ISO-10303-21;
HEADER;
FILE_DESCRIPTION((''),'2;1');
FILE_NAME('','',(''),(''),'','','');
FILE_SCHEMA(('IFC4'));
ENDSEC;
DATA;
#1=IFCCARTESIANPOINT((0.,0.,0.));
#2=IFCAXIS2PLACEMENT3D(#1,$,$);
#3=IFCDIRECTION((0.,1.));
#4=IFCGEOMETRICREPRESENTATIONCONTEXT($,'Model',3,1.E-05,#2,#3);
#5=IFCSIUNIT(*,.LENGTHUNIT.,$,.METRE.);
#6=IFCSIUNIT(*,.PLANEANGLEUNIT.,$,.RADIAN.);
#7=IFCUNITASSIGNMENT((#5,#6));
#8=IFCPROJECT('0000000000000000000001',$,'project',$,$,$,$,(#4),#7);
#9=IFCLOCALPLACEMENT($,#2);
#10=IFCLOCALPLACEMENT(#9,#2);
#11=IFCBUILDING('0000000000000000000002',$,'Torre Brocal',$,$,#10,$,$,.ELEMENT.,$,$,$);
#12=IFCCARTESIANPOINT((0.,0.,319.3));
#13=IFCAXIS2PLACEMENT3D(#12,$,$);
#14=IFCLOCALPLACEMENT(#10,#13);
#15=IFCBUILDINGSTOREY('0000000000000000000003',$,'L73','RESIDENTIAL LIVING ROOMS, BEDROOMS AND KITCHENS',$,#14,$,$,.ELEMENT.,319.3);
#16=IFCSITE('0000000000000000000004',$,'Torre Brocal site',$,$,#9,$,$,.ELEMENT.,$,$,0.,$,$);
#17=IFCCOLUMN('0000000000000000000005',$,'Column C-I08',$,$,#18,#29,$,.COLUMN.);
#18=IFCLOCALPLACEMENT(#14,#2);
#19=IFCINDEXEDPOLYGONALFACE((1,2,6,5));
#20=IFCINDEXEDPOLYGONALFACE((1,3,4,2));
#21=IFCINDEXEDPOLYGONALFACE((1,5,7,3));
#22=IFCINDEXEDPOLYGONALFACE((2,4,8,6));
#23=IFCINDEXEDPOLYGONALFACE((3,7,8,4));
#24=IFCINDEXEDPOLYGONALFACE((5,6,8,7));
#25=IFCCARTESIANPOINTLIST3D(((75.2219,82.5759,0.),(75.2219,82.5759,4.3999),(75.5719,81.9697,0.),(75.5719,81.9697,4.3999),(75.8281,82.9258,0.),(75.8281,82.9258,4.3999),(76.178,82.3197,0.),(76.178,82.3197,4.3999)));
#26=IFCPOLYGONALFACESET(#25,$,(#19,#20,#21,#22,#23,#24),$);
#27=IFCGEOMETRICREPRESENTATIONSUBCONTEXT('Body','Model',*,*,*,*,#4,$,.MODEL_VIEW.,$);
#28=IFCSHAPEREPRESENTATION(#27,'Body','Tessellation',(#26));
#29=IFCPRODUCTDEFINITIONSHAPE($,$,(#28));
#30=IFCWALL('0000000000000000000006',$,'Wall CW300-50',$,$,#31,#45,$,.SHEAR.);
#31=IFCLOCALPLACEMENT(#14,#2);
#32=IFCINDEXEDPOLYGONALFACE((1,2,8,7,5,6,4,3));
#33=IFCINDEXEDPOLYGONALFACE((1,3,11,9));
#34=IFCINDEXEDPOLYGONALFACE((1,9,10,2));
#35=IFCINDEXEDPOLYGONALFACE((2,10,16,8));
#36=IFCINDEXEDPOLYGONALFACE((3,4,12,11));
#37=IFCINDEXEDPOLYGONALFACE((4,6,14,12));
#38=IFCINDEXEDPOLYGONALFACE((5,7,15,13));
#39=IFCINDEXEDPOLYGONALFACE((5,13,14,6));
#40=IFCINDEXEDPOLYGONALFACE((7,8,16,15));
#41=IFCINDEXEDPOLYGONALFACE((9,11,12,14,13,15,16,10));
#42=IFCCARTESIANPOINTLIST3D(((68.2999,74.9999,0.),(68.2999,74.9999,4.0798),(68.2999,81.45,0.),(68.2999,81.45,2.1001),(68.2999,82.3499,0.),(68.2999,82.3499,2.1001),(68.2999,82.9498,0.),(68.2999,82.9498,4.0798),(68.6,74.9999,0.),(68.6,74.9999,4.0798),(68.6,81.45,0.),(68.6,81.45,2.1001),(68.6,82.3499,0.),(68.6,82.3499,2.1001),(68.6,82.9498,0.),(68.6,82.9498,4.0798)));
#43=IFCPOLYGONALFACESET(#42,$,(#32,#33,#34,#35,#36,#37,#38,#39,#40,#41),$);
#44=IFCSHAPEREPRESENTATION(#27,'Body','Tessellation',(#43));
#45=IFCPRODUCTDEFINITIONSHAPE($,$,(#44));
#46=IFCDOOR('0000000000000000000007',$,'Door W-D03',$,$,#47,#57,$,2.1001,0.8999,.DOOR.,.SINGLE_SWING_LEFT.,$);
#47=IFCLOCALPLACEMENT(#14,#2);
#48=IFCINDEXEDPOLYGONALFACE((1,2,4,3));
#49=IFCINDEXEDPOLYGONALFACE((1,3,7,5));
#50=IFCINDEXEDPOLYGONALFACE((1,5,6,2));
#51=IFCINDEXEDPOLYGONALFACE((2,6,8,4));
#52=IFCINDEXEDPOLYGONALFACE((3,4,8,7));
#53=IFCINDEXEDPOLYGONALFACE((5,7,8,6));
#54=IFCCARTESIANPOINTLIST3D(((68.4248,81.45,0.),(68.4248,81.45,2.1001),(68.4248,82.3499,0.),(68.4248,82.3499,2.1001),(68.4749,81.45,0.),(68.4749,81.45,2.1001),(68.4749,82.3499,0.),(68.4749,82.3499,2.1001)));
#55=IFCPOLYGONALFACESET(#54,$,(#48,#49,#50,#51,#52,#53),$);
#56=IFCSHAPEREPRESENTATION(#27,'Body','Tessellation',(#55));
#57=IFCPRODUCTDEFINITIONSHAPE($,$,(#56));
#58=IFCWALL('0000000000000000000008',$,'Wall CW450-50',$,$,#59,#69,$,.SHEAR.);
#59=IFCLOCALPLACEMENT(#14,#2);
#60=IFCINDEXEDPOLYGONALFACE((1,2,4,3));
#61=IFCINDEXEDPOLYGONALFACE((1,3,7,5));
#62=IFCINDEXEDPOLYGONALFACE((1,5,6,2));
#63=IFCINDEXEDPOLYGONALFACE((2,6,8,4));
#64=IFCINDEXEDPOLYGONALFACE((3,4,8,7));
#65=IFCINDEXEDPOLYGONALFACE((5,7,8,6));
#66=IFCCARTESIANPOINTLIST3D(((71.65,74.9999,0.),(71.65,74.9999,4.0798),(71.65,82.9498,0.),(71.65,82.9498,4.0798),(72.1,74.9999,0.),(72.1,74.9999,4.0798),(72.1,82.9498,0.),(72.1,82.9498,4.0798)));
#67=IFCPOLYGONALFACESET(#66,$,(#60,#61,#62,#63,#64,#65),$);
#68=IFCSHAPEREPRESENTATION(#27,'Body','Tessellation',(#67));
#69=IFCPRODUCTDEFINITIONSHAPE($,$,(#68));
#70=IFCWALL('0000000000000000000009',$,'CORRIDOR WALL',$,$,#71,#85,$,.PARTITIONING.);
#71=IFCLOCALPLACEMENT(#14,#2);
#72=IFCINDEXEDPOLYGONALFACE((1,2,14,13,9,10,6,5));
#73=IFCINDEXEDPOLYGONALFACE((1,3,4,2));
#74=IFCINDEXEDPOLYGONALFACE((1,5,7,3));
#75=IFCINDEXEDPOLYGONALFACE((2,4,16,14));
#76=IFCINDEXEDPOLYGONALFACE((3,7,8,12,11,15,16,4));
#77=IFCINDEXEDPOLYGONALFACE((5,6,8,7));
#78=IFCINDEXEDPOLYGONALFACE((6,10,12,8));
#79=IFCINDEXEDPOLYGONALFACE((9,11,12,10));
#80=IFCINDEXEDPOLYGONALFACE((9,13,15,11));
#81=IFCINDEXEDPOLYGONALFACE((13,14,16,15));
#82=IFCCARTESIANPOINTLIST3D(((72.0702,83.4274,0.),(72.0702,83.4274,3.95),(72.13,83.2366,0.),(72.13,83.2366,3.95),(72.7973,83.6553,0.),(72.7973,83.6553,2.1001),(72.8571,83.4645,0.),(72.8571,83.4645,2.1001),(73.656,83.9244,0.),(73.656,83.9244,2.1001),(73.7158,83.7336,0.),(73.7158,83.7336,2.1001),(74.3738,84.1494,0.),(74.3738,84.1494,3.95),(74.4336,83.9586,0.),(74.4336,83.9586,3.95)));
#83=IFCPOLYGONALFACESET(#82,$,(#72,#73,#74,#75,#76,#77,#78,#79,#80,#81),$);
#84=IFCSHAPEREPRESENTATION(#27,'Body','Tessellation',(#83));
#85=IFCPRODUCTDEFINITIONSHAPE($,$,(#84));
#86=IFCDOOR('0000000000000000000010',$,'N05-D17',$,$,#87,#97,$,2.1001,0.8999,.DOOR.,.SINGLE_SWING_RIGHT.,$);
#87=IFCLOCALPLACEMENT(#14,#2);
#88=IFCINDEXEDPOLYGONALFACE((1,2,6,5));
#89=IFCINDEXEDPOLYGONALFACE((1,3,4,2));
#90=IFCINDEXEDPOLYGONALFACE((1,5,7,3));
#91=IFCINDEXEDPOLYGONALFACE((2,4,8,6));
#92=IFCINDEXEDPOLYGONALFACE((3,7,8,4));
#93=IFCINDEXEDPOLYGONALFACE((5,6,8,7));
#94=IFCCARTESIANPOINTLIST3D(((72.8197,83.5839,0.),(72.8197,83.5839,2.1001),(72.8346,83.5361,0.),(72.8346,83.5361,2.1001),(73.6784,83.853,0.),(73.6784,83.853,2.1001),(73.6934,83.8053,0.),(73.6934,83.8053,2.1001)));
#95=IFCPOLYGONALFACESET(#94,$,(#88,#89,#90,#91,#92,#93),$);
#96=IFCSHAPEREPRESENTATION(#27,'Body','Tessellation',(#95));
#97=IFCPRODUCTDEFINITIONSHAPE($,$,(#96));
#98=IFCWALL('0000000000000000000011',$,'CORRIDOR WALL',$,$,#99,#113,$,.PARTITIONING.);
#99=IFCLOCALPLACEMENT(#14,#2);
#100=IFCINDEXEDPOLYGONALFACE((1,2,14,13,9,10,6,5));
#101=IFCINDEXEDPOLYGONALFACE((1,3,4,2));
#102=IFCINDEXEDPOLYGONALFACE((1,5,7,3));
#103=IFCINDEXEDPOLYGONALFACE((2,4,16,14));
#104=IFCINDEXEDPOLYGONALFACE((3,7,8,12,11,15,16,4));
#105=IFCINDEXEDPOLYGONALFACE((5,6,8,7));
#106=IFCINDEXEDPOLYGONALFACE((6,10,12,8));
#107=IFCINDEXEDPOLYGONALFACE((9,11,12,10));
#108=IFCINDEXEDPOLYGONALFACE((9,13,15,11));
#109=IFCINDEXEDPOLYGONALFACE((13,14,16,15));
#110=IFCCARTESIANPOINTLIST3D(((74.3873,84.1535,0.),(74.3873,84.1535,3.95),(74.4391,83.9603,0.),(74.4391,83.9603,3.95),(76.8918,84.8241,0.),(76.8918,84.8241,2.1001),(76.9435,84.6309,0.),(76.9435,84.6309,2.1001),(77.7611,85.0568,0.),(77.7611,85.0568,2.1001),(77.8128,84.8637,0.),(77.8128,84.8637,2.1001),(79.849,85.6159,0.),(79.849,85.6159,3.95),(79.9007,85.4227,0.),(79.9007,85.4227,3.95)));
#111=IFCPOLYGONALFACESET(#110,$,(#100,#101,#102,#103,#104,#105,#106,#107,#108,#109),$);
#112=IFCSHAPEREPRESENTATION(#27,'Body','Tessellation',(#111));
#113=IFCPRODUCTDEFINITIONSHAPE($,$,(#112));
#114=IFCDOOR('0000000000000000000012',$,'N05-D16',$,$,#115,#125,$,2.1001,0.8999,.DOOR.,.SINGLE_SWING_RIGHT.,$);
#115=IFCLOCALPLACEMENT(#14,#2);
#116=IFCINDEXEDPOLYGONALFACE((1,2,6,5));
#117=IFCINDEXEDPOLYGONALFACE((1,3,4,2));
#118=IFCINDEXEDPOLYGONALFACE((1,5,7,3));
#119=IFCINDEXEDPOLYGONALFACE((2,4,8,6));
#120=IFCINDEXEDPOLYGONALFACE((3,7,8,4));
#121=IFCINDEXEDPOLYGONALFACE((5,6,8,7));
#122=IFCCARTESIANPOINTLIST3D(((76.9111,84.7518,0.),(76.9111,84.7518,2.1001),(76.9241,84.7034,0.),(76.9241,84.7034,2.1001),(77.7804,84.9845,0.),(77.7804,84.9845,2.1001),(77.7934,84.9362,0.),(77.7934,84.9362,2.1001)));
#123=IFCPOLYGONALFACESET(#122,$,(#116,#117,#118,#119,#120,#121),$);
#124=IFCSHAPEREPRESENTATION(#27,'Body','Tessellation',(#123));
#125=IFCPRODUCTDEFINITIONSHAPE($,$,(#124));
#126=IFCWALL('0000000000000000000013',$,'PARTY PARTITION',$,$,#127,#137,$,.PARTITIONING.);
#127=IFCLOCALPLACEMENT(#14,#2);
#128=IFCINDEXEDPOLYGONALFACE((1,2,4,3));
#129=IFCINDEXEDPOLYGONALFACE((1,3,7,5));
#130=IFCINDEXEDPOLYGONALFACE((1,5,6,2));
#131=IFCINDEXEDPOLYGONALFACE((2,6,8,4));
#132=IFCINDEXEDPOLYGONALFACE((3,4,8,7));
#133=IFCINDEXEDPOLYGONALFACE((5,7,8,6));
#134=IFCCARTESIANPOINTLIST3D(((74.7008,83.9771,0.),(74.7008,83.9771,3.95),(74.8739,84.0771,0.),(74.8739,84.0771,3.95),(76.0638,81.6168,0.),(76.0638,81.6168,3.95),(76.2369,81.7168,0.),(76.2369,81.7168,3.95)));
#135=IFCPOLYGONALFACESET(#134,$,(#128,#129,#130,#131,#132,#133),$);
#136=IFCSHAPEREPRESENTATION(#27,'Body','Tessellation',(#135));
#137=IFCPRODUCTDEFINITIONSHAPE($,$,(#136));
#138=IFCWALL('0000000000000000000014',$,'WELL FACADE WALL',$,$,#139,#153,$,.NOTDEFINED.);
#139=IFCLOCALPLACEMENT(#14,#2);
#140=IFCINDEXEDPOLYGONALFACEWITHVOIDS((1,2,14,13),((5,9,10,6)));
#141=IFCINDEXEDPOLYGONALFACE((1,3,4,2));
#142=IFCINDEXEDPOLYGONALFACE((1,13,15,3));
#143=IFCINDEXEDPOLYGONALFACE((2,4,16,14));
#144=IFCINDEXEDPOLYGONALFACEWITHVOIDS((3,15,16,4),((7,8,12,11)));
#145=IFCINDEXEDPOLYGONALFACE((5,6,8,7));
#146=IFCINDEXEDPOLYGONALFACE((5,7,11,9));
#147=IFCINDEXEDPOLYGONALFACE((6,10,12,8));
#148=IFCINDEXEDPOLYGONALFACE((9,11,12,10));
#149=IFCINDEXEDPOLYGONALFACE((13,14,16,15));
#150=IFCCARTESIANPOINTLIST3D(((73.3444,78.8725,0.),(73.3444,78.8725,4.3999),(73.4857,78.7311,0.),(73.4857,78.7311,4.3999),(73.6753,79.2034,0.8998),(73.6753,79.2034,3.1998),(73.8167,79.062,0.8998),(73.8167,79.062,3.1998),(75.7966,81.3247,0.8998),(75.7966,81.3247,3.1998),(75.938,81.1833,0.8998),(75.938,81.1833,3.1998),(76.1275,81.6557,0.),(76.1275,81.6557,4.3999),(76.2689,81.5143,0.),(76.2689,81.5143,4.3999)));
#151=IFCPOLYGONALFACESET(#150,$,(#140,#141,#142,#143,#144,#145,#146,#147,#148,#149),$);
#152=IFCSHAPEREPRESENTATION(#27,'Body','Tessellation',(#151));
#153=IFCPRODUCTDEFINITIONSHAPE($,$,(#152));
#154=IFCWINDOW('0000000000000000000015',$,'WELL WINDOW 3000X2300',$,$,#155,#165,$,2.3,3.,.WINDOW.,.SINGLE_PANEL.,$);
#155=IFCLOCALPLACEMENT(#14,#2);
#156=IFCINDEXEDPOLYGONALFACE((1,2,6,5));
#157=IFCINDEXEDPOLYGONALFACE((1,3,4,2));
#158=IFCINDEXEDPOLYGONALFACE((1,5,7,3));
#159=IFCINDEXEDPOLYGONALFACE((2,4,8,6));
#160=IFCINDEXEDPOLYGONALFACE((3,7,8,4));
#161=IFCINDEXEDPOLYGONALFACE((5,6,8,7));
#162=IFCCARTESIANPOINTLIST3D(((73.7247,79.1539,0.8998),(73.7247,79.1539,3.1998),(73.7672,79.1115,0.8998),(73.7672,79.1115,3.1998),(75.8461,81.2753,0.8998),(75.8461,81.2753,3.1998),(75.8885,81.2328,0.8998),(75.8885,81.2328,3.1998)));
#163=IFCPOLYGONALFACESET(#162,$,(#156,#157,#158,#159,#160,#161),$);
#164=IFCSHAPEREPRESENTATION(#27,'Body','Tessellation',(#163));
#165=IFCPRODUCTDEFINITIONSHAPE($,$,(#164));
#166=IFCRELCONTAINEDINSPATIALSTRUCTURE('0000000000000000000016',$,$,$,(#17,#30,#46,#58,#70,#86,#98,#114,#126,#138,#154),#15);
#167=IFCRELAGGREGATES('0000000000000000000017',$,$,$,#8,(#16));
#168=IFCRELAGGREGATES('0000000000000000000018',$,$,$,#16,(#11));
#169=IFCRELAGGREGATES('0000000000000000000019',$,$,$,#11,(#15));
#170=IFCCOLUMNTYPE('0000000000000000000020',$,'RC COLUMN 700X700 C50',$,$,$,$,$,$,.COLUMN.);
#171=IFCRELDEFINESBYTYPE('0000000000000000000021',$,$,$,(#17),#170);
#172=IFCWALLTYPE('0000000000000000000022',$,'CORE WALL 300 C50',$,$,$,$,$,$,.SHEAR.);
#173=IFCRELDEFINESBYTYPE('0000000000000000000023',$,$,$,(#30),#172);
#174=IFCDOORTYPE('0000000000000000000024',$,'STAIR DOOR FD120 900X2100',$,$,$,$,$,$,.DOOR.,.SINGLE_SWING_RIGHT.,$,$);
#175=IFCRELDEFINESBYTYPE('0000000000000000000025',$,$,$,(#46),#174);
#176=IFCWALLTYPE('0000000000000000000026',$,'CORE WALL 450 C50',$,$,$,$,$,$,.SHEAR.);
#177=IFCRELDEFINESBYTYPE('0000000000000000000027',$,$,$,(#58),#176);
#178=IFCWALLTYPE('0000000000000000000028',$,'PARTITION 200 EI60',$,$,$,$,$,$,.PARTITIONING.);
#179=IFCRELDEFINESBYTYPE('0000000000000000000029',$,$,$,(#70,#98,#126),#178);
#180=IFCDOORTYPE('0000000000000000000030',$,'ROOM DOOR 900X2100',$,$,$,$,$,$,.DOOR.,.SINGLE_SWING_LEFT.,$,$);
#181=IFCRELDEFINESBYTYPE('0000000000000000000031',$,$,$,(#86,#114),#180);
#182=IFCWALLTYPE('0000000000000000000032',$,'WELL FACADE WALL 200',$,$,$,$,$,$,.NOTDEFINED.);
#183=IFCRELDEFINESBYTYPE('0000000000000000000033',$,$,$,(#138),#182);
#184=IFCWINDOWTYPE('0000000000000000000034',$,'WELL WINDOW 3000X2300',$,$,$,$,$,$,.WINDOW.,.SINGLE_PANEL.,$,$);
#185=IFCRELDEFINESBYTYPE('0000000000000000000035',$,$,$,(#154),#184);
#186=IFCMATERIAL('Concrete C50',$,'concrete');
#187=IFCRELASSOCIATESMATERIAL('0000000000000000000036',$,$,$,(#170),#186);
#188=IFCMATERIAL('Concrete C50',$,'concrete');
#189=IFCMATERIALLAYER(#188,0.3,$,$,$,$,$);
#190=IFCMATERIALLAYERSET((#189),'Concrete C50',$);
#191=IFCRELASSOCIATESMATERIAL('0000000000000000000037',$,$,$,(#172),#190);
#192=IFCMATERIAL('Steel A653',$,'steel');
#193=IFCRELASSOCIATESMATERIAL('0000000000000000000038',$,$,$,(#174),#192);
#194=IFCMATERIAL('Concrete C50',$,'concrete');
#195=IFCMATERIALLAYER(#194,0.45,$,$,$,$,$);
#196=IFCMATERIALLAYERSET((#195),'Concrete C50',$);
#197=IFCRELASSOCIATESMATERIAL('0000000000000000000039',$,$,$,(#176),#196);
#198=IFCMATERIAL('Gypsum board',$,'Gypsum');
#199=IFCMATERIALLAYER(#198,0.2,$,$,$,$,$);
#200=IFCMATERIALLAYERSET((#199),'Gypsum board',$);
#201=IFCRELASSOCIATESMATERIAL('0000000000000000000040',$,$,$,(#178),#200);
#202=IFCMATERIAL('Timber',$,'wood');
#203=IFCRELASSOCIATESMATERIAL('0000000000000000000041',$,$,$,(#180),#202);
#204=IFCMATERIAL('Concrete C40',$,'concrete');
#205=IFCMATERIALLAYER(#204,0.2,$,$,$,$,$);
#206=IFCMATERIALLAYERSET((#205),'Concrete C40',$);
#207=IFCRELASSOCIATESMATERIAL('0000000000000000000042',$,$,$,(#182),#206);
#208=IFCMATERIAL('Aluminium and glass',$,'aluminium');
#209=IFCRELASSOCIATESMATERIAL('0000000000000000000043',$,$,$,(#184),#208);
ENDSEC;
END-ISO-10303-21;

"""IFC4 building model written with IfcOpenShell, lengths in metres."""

from ifc_helpers import new_model, si_unit, direction, frame, frame_2d, origin, origin_2d, place, context, subcontext, project, spatial, rectangle, extrude, material, layer, layer_set, material_profile, profile_set, type_object, element, fill, save


model = new_model("IFC4")

# Units and contexts
model_context = context("Model", 3, precision=1e-05, world=origin(), true_north=direction((0.0, 1.0)))
body_context = subcontext(model_context, "Body", "Model", "MODEL_VIEW")
ifc_project = project(units=[si_unit("LENGTHUNIT", "METRE"), si_unit("PLANEANGLEUNIT", "RADIAN")], contexts=[model_context])

# Site, building, storey
site_placement = place(None, origin())
site = spatial("IfcSite", under=ifc_project, at=site_placement, Name="Torre Brocal site", CompositionType="ELEMENT", RefElevation=0.0)
building_placement = place(site_placement, origin())
building = spatial("IfcBuilding", under=site, at=building_placement, Name="Torre Brocal", CompositionType="ELEMENT")
storey_placement = place(building_placement, frame((0.0, 0.0, 319.3)))
storey = spatial("IfcBuildingStorey", under=building, at=storey_placement, Name="L73", Description="RESIDENTIAL LIVING ROOMS, BEDROOMS AND KITCHENS", CompositionType="ELEMENT", Elevation=319.3)

# Column
ifc_material_1 = material(Name="Concrete C50", Category="concrete")
ifc_material_profile = material_profile(ifc_material_1, rectangle(XDim=0.7, YDim=0.7, at=origin_2d()), Name="RC 700X700")
ifc_profile_set = profile_set([ifc_material_profile], Name="Concrete C50")
column_type = type_object("IfcColumnType", Name="RC COLUMN 700X700 C50", PredefinedType="COLUMN", material=ifc_profile_set)
column_placement = place(storey_placement, frame((75.7, 82.4478, 0.0), z_axis=(0.0, 0.0, 1.0), x_axis=(-0.5, 0.866025, 0.0)))
element("IfcColumn", 1, at=column_placement, inside=storey, type_object=column_type, Name="Column C-I08", PredefinedType="COLUMN", context=body_context, shape_type="SweptSolid", body=[
    extrude(rectangle(XDim=0.7, YDim=0.7, at=origin_2d()), origin(), (0.0, 0.0, 1.0), 4.3999),
])

# Wall, opening, door
ifc_material_2 = material(Name="Concrete C50", Category="concrete")
ifc_layer_1 = layer(ifc_material_2, 0.3)
ifc_layer_set_1 = layer_set([ifc_layer_1], Name="Concrete C50")
wall_type_1 = type_object("IfcWallType", Name="CORE WALL 300 C50", PredefinedType="SHEAR", material=ifc_layer_set_1)
wall_1_placement = place(storey_placement, frame((68.45, 82.95, 0.0), z_axis=(0.0, 0.0, 1.0), x_axis=(0.0, -1.0, 0.0)))
wall_1 = element("IfcWall", 2, at=wall_1_placement, inside=storey, type_object=wall_type_1, Name="Wall CW300-50", PredefinedType="SHEAR", context=body_context, shape_type="SweptSolid", body=[
    extrude(rectangle(XDim=7.95, YDim=0.3, at=frame_2d((3.9751, 0.0))), origin(), (0.0, 0.0, 1.0), 4.0798),
])
opening_1_placement = place(wall_1_placement, frame((0.6001, 0.0, 0.0)))
opening_1 = element("IfcOpeningElement", 3, at=opening_1_placement, cuts=wall_1, PredefinedType="OPENING", context=body_context, shape_type="SweptSolid", body=[
    extrude(rectangle(XDim=0.8999, YDim=2.1001, at=frame_2d((0.45, 1.05))), frame((0.0, 0.1599, 0.0), z_axis=(0.0, -1.0, 0.0), x_axis=(1.0, 0.0, 0.0)), (0.0, 0.0, 1.0), 0.3201),
])
ifc_material_3 = material(Name="Steel A653", Category="steel")
door_type_1 = type_object("IfcDoorType", Name="STAIR DOOR FD120 900X2100", OperationType="SINGLE_SWING_RIGHT", PredefinedType="DOOR", material=ifc_material_3)
door_1_placement = place(opening_1_placement, origin())
door_1 = element("IfcDoor", 4, at=door_1_placement, inside=storey, type_object=door_type_1, Name="Door W-D03", OperationType="SINGLE_SWING_LEFT", OverallHeight=2.1001, OverallWidth=0.8999, PredefinedType="DOOR", context=body_context, shape_type="SweptSolid", body=[
    extrude(rectangle(XDim=0.8999, YDim=2.1001, at=frame_2d((0.45, 1.05))), frame((0.0, 0.0249, 0.0), z_axis=(0.0, -1.0, 0.0), x_axis=(1.0, 0.0, 0.0)), (0.0, 0.0, 1.0), 0.05),
])
fill(opening_1, door_1)
ifc_material_4 = material(Name="Concrete C50", Category="concrete")
ifc_layer_2 = layer(ifc_material_4, 0.45)
ifc_layer_set_2 = layer_set([ifc_layer_2], Name="Concrete C50")
wall_type_2 = type_object("IfcWallType", Name="CORE WALL 450 C50", PredefinedType="SHEAR", material=ifc_layer_set_2)

# Wall
wall_2_placement = place(storey_placement, frame((71.875, 82.95, 0.0), z_axis=(0.0, 0.0, 1.0), x_axis=(0.0, -1.0, 0.0)))
element("IfcWall", 5, at=wall_2_placement, inside=storey, type_object=wall_type_2, Name="Wall CW450-50", PredefinedType="SHEAR", context=body_context, shape_type="SweptSolid", body=[
    extrude(rectangle(XDim=7.95, YDim=0.45, at=frame_2d((3.9751, 0.0))), origin(), (0.0, 0.0, 1.0), 4.0798),
])

# Walls, openings, doors
ifc_material_5 = material(Name="Gypsum board", Category="Gypsum")
ifc_layer_3 = layer(ifc_material_5, 0.2)
ifc_layer_set_3 = layer_set([ifc_layer_3], Name="Gypsum board")
wall_type_3 = type_object("IfcWallType", Name="PARTITION 200 EI60", PredefinedType="PARTITIONING", material=ifc_layer_set_3)
wall_3_placement = place(storey_placement, frame((72.1001, 83.332, 0.0), z_axis=(0.0, 0.0, 1.0), x_axis=(0.954233, 0.299064, 0.0)))
wall_3 = element("IfcWall", 6, at=wall_3_placement, inside=storey, type_object=wall_type_3, Name="CORRIDOR WALL", PredefinedType="PARTITIONING", context=body_context, shape_type="SweptSolid", body=[
    extrude(rectangle(XDim=2.4141, YDim=0.2, at=frame_2d((1.207, 0.0))), origin(), (0.0, 0.0, 1.0), 3.95),
])
opening_2_placement = place(wall_3_placement, frame((0.762, 0.0, 0.0)))
opening_2 = element("IfcOpeningElement", 7, at=opening_2_placement, cuts=wall_3, PredefinedType="OPENING", context=body_context, shape_type="SweptSolid", body=[
    extrude(rectangle(XDim=0.8999, YDim=2.1001, at=frame_2d((0.45, 1.05))), frame((0.0, 0.1099, 0.0), z_axis=(0.0, -1.0, 0.0), x_axis=(1.0, 0.0, 0.0)), (0.0, 0.0, 1.0), 0.22),
])
ifc_material_6 = material(Name="Timber", Category="wood")
door_type_2 = type_object("IfcDoorType", Name="ROOM DOOR 900X2100", OperationType="SINGLE_SWING_LEFT", PredefinedType="DOOR", material=ifc_material_6)
door_2_placement = place(opening_2_placement, frame((0.8999, 0.0, 0.0), z_axis=(0.0, 0.0, 1.0), x_axis=(-1.0, 0.0, 0.0)))
door_2 = element("IfcDoor", 8, at=door_2_placement, inside=storey, type_object=door_type_2, Name="N05-D17", OperationType="SINGLE_SWING_RIGHT", OverallHeight=2.1001, OverallWidth=0.8999, PredefinedType="DOOR", context=body_context, shape_type="SweptSolid", body=[
    extrude(rectangle(XDim=0.8999, YDim=2.1001, at=frame_2d((0.45, 1.05))), frame((0.0, 0.0249, 0.0), z_axis=(0.0, -1.0, 0.0), x_axis=(1.0, 0.0, 0.0)), (0.0, 0.0, 1.0), 0.05),
])
fill(opening_2, door_2)
wall_4_placement = place(storey_placement, frame((74.4131, 84.0569, 0.0), z_axis=(0.0, 0.0, 1.0), x_axis=(0.965972, 0.258646, 0.0)))
wall_4 = element("IfcWall", 9, at=wall_4_placement, inside=storey, type_object=wall_type_3, Name="CORRIDOR WALL", PredefinedType="PARTITIONING", context=body_context, shape_type="SweptSolid", body=[
    extrude(rectangle(XDim=5.6541, YDim=0.2, at=frame_2d((2.8271, 0.0))), origin(), (0.0, 0.0, 1.0), 3.95),
])
opening_3_placement = place(wall_4_placement, frame((2.5928, 0.0, 0.0)))
opening_3 = element("IfcOpeningElement", 10, at=opening_3_placement, cuts=wall_4, PredefinedType="OPENING", context=body_context, shape_type="SweptSolid", body=[
    extrude(rectangle(XDim=0.8999, YDim=2.1001, at=frame_2d((0.45, 1.05))), frame((0.0, 0.1099, 0.0), z_axis=(0.0, -1.0, 0.0), x_axis=(1.0, 0.0, 0.0)), (0.0, 0.0, 1.0), 0.22),
])
door_3_placement = place(opening_3_placement, frame((0.8999, 0.0, 0.0), z_axis=(0.0, 0.0, 1.0), x_axis=(-1.0, 0.0, 0.0)))
door_3 = element("IfcDoor", 11, at=door_3_placement, inside=storey, type_object=door_type_2, Name="N05-D16", OperationType="SINGLE_SWING_RIGHT", OverallHeight=2.1001, OverallWidth=0.8999, PredefinedType="DOOR", context=body_context, shape_type="SweptSolid", body=[
    extrude(rectangle(XDim=0.8999, YDim=2.1001, at=frame_2d((0.45, 1.05))), frame((0.0, 0.0249, 0.0), z_axis=(0.0, -1.0, 0.0), x_axis=(1.0, 0.0, 0.0)), (0.0, 0.0, 1.0), 0.05),
])
fill(opening_3, door_3)

# Wall
wall_5_placement = place(storey_placement, frame((74.7874, 84.0271, 0.0), z_axis=(0.0, 0.0, 1.0), x_axis=(0.500079, -0.86598, 0.0)))
element("IfcWall", 12, at=wall_5_placement, inside=storey, type_object=wall_type_3, Name="PARTY PARTITION", PredefinedType="PARTITIONING", context=body_context, shape_type="SweptSolid", body=[
    extrude(rectangle(XDim=2.7256, YDim=0.2, at=frame_2d((1.3628, 0.0))), origin(), (0.0, 0.0, 1.0), 3.95),
])

# Wall, opening, window
ifc_material_7 = material(Name="Concrete C40", Category="concrete")
ifc_layer_4 = layer(ifc_material_7, 0.2)
ifc_layer_set_4 = layer_set([ifc_layer_4], Name="Concrete C40")
wall_type_4 = type_object("IfcWallType", Name="WELL FACADE WALL 200", PredefinedType="NOTDEFINED", material=ifc_layer_set_4)
wall_6_placement = place(storey_placement, frame((76.1982, 81.585, 0.0), z_axis=(0.0, 0.0, 1.0), x_axis=(-0.707107, -0.707107, 0.0)))
wall_6 = element("IfcWall", 13, at=wall_6_placement, inside=storey, type_object=wall_type_4, Name="WELL FACADE WALL", PredefinedType="NOTDEFINED", context=body_context, shape_type="SweptSolid", body=[
    extrude(rectangle(XDim=3.936, YDim=0.2, at=frame_2d((1.968, 0.0))), origin(), (0.0, 0.0, 1.0), 4.3999),
])
opening_4_placement = place(wall_6_placement, frame((0.468, 0.0, 0.8999)))
opening_4 = element("IfcOpeningElement", 14, at=opening_4_placement, cuts=wall_6, PredefinedType="OPENING", context=body_context, shape_type="SweptSolid", body=[
    extrude(rectangle(XDim=3.0, YDim=2.3, at=frame_2d((1.5, 1.1499))), frame((0.0, 0.1099, 0.0), z_axis=(0.0, -1.0, 0.0), x_axis=(1.0, 0.0, 0.0)), (0.0, 0.0, 1.0), 0.22),
])
ifc_material_8 = material(Name="Aluminium and glass", Category="aluminium")
window_type = type_object("IfcWindowType", Name="WELL WINDOW 3000X2300", PartitioningType="SINGLE_PANEL", PredefinedType="WINDOW", material=ifc_material_8)
window_placement = place(opening_4_placement, origin())
window = element("IfcWindow", 15, at=window_placement, inside=storey, type_object=window_type, Name="WELL WINDOW 3000X2300", OverallHeight=2.3, OverallWidth=3.0, PartitioningType="SINGLE_PANEL", PredefinedType="WINDOW", context=body_context, shape_type="SweptSolid", body=[
    extrude(rectangle(XDim=3.0, YDim=2.3, at=frame_2d((1.5, 1.1499))), frame((0.0, 0.03, 0.0), z_axis=(0.0, -1.0, 0.0), x_axis=(1.0, 0.0, 0.0)), (0.0, 0.0, 1.0), 0.0601),
])
fill(opening_4, window)

save(model, "model.ifc")
